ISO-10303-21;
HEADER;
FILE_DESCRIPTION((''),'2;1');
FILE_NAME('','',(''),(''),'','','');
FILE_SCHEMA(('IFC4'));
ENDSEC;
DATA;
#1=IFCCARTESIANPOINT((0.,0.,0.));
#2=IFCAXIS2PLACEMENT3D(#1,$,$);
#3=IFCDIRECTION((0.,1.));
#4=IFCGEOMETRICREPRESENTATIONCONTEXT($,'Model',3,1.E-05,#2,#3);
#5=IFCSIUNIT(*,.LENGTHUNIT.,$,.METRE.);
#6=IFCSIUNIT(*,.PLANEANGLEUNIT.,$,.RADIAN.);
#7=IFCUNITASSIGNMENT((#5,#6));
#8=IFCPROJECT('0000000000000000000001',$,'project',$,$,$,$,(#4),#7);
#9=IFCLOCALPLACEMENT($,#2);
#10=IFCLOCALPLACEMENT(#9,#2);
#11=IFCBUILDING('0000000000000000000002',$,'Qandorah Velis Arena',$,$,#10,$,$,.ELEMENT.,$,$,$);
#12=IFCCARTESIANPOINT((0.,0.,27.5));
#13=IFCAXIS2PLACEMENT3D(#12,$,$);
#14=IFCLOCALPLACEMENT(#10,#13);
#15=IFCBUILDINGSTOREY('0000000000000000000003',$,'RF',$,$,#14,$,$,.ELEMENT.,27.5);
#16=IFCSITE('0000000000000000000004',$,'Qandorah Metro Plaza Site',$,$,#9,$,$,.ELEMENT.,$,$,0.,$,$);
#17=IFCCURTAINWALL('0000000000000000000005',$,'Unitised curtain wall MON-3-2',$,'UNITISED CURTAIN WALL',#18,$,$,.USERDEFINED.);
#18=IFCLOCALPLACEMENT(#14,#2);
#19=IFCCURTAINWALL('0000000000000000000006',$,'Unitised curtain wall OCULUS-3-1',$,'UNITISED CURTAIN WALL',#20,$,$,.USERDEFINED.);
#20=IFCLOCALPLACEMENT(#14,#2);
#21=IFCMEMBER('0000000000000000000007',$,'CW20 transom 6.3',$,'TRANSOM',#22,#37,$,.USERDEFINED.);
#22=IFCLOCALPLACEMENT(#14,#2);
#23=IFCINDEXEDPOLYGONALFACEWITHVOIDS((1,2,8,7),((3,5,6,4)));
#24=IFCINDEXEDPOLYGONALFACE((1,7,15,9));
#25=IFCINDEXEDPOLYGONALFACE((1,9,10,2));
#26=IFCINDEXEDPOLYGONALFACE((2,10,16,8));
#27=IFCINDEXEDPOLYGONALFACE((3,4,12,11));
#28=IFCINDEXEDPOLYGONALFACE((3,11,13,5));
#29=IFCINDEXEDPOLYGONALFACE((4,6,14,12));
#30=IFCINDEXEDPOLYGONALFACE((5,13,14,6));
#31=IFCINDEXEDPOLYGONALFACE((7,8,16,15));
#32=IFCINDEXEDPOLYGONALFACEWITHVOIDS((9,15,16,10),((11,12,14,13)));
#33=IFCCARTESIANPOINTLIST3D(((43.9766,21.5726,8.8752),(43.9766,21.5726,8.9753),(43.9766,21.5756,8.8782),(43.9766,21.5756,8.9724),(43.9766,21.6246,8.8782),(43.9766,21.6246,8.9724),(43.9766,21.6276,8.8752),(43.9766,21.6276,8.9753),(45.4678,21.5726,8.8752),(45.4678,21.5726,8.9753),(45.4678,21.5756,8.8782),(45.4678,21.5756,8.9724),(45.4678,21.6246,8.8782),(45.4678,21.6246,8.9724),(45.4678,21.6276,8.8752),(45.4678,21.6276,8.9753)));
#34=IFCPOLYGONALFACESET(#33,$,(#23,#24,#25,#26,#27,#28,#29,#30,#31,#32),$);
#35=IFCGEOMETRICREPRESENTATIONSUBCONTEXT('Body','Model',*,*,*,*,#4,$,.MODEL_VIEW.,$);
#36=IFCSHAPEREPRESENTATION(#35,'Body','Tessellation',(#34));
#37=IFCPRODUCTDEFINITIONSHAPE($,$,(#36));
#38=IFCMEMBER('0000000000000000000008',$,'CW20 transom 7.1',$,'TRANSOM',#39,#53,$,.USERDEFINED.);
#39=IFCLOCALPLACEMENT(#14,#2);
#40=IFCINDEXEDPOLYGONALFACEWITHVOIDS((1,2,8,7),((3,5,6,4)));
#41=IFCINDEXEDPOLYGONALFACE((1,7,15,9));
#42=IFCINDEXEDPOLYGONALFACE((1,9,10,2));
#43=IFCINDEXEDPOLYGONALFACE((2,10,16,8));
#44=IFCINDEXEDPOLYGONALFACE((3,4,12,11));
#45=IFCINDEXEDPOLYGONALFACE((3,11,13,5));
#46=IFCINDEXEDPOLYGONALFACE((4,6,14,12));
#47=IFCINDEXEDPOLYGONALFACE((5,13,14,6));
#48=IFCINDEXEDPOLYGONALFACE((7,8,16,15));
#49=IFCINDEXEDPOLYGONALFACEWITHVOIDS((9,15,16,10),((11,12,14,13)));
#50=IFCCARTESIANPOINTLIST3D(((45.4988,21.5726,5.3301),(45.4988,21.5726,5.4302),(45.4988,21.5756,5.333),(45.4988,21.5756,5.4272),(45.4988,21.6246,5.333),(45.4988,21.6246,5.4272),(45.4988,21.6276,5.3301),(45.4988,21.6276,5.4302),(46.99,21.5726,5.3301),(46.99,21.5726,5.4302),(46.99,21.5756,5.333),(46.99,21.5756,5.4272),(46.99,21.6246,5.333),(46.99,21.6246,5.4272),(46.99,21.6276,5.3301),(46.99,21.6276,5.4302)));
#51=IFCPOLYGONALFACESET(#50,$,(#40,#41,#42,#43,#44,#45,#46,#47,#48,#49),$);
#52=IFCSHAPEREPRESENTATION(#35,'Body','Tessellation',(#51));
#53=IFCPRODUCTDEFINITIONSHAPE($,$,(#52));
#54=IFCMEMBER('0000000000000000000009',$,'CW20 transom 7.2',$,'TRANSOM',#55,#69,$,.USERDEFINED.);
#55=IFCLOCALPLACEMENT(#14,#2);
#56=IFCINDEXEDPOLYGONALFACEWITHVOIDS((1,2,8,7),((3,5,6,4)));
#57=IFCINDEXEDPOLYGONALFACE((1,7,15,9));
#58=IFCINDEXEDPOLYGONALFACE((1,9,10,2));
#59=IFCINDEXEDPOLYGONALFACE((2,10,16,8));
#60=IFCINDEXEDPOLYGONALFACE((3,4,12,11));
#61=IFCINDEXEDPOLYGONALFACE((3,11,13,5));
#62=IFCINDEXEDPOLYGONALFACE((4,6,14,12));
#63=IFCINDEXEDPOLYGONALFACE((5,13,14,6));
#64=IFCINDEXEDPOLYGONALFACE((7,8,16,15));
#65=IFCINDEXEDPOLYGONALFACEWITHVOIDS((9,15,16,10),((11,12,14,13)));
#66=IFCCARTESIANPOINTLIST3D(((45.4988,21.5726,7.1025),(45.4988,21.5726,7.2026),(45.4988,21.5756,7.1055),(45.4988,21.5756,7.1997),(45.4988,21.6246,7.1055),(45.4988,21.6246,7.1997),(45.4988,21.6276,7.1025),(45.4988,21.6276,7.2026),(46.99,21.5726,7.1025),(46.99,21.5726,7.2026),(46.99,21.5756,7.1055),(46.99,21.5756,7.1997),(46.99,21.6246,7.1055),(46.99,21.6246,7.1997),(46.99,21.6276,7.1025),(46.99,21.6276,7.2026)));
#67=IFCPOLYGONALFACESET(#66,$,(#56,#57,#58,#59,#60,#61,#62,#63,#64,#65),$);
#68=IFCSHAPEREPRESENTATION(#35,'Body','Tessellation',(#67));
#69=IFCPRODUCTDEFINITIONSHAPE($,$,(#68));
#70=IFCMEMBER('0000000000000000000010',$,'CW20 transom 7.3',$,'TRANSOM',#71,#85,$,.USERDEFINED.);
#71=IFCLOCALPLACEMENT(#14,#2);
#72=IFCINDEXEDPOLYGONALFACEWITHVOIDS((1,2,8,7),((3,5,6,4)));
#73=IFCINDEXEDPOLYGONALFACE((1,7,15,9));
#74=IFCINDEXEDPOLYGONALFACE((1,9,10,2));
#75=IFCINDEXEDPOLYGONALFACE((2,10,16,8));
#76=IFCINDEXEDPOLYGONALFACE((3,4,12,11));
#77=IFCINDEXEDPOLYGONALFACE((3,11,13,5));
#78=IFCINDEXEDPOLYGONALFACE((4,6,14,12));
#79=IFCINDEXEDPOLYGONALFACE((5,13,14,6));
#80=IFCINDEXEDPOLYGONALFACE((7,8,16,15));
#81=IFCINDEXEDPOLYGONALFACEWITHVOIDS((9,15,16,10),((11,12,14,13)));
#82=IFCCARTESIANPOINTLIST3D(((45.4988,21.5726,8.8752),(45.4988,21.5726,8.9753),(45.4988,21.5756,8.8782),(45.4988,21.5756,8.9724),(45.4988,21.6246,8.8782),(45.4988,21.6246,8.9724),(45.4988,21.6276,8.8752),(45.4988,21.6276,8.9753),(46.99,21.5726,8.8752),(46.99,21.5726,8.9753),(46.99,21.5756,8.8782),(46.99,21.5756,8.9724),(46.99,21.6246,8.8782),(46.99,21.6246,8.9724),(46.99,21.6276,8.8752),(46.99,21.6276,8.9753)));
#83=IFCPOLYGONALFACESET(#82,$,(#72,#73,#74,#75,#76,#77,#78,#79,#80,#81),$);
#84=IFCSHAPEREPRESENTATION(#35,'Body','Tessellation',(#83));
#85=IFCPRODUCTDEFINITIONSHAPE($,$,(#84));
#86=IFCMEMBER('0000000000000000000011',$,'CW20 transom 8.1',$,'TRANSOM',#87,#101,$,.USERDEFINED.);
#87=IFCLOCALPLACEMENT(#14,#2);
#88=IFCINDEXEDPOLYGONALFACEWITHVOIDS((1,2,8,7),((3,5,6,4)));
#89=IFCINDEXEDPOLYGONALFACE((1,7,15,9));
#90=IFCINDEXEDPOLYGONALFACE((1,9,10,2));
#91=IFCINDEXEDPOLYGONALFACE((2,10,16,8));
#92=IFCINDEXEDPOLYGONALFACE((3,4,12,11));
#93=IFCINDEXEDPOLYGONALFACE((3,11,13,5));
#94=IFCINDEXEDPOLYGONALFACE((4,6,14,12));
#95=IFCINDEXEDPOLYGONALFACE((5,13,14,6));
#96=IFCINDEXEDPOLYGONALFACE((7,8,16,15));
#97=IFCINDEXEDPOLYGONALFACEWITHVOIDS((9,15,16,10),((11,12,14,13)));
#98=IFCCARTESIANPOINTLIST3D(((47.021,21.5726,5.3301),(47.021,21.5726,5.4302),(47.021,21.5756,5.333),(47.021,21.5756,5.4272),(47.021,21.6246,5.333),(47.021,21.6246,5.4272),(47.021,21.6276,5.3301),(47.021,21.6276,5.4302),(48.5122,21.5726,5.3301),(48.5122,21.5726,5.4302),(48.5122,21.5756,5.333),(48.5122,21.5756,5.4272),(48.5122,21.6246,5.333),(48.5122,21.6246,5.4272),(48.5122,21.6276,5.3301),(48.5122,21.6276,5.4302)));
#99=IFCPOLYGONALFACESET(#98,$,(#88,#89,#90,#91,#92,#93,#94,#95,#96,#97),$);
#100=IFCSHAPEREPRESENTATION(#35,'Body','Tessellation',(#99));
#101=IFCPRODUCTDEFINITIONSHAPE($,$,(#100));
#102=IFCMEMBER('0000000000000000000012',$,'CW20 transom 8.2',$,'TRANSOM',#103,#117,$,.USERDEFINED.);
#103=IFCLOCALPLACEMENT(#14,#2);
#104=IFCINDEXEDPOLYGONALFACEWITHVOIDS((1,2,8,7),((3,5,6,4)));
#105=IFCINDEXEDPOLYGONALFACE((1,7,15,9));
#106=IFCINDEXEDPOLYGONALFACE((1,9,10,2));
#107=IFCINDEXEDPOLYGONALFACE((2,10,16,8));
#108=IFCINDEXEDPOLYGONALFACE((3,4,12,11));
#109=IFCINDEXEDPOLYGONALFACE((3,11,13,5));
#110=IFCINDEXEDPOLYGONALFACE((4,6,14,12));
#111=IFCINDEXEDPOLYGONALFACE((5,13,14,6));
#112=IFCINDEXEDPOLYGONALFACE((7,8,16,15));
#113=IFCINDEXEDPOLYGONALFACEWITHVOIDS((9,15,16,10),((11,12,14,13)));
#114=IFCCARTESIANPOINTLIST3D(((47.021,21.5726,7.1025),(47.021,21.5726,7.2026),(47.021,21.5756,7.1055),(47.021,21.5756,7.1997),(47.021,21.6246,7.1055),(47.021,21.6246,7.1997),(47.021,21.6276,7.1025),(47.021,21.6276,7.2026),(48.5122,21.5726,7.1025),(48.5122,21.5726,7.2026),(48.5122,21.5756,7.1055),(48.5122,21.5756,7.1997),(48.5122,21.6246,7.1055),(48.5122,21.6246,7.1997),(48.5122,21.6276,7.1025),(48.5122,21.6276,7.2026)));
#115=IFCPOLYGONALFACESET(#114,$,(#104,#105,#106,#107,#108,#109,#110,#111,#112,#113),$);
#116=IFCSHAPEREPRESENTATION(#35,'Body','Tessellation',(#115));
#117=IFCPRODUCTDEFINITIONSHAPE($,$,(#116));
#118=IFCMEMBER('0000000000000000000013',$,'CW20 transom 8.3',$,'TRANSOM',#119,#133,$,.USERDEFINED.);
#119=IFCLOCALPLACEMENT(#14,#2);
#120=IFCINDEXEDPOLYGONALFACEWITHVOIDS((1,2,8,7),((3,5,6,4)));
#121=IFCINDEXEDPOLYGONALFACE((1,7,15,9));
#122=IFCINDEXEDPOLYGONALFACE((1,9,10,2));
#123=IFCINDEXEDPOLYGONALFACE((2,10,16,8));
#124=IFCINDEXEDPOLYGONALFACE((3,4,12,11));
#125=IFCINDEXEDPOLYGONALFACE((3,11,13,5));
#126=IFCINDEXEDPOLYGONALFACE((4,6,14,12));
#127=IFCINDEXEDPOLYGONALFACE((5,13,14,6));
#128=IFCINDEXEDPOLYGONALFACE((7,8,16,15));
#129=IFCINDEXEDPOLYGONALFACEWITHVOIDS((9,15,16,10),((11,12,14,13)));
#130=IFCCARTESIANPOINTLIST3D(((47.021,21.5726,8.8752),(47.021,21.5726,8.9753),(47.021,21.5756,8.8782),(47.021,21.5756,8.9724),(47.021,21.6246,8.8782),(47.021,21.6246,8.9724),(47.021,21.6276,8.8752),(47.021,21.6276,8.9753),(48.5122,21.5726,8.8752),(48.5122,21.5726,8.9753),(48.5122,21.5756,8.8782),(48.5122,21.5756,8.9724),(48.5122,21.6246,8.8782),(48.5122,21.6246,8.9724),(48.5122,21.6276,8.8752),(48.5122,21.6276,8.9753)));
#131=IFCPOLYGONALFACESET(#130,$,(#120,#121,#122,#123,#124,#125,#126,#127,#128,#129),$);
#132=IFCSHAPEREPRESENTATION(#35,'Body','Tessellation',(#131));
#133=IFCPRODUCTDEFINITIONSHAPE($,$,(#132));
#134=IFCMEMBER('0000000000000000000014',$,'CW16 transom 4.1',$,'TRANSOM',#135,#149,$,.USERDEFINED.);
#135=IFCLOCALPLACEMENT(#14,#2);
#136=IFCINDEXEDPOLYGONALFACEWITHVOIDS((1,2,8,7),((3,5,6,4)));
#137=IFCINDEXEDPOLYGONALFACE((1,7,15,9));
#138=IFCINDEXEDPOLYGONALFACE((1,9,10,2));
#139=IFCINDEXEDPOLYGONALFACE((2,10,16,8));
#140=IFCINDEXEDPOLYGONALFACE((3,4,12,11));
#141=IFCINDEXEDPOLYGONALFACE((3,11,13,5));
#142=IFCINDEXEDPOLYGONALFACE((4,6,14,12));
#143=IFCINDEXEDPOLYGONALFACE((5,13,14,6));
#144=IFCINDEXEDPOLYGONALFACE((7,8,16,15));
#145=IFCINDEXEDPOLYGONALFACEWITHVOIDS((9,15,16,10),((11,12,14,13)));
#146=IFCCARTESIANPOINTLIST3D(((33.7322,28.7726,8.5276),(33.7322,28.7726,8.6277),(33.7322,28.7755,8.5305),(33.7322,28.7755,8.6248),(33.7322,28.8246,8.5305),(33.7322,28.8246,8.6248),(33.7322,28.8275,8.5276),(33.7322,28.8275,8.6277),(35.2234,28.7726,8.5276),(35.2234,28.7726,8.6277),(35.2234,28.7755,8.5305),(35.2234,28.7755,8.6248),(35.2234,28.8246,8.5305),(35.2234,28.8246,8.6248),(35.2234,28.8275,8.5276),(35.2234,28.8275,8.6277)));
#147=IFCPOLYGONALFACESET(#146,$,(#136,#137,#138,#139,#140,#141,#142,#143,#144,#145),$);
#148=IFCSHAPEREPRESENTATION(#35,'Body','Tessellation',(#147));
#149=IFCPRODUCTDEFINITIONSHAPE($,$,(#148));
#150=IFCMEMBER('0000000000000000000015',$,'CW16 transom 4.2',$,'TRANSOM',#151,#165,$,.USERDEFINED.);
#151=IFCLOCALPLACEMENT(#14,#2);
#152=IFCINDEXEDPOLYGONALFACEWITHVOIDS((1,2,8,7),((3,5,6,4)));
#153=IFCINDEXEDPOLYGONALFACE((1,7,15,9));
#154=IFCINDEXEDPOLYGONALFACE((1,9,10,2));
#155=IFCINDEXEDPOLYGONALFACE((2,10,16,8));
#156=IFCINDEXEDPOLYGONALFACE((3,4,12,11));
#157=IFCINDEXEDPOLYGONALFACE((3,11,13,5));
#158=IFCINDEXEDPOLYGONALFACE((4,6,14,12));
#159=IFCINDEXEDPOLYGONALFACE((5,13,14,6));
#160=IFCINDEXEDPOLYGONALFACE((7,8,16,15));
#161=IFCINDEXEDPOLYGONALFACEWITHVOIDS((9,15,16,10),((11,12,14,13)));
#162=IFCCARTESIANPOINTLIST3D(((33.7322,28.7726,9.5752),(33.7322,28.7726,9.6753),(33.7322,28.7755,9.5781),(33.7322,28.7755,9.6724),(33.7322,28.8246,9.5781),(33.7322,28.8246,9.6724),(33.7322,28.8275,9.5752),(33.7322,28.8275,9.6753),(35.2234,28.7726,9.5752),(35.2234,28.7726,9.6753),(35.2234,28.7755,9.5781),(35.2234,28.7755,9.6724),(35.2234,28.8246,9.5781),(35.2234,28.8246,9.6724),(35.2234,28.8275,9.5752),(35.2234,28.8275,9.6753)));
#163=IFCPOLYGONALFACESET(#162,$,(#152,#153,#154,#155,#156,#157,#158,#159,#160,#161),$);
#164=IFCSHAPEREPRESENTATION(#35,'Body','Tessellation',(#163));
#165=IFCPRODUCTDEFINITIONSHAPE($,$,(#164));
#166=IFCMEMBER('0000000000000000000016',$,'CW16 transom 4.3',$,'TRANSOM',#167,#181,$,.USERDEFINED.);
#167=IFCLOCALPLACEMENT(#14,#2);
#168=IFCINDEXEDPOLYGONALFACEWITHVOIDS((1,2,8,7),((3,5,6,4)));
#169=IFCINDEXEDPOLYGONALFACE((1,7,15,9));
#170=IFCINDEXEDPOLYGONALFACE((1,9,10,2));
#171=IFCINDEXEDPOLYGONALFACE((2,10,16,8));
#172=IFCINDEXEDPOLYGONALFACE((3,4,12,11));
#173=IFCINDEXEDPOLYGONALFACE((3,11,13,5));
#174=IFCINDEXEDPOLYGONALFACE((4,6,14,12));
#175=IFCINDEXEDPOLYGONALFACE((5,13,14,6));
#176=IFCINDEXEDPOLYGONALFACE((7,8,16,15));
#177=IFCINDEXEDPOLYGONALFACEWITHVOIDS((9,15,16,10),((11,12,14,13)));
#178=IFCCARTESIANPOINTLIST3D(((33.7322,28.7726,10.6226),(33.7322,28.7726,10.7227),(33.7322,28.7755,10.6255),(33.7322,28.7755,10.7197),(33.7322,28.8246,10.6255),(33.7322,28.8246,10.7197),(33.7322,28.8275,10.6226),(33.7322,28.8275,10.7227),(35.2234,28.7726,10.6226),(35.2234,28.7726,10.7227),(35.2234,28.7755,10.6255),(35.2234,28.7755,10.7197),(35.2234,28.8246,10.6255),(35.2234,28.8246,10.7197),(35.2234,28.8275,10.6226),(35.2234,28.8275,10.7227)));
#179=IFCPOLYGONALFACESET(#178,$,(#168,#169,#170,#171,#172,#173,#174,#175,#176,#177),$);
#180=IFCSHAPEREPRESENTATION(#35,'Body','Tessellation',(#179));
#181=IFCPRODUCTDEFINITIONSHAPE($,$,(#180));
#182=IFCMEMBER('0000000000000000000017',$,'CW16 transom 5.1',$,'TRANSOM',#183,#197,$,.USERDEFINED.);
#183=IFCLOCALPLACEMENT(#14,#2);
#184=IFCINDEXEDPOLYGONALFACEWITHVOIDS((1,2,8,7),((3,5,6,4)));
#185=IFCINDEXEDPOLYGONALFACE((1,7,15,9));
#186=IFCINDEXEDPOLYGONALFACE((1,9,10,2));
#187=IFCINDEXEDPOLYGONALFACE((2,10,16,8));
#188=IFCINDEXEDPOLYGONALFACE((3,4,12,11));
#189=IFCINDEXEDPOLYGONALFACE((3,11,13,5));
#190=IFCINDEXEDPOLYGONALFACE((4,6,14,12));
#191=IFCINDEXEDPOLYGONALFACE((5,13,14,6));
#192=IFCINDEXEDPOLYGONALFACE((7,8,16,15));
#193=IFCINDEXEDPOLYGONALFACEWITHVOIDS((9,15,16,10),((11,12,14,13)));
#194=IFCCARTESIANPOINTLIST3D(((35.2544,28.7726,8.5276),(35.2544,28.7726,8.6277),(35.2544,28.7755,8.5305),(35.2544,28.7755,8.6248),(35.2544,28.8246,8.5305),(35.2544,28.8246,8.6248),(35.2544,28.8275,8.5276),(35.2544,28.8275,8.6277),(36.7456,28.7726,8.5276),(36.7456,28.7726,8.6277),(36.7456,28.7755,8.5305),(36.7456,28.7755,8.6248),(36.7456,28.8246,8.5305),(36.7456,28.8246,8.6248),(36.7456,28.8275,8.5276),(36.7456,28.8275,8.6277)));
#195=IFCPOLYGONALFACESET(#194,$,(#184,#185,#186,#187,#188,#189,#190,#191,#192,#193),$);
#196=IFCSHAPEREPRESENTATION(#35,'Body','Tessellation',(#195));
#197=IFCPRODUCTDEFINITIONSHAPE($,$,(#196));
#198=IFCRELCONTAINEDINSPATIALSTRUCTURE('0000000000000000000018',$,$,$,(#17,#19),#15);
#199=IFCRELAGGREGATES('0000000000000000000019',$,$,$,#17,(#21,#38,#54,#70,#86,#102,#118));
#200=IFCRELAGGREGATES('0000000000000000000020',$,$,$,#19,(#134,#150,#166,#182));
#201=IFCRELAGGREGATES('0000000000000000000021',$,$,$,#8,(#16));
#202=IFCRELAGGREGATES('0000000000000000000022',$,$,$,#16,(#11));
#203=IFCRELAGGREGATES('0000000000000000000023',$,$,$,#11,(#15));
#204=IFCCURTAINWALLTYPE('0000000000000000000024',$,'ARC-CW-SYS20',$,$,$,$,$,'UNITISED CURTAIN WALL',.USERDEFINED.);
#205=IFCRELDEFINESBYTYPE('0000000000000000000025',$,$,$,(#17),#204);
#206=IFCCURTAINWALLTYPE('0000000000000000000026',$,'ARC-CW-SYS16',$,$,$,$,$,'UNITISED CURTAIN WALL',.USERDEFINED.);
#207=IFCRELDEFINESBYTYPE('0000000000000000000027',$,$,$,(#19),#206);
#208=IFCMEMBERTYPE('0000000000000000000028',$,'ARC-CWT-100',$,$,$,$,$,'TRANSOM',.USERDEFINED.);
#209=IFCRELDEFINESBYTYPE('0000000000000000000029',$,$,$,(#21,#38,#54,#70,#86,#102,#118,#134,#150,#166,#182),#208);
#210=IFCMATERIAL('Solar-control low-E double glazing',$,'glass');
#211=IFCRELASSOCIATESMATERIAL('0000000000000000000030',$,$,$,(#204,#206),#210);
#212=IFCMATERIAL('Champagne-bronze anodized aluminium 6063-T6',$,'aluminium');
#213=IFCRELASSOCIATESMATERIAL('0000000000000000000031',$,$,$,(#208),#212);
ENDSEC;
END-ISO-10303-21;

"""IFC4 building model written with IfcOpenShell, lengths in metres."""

from ifc_helpers import new_model, si_unit, direction, frame, origin, origin_2d, place, context, subcontext, project, spatial, hollow_rectangle, extrude, material, material_profile, profile_set, type_object, element, aggregate, save


model = new_model("IFC4")

# Units and contexts
model_context = context("Model", 3, precision=1e-05, world=origin(), true_north=direction((0.0, 1.0)))
body_context = subcontext(model_context, "Body", "Model", "MODEL_VIEW")
ifc_project = project(units=[si_unit("LENGTHUNIT", "METRE"), si_unit("PLANEANGLEUNIT", "RADIAN")], contexts=[model_context])

# Site, building, storey
site_placement = place(None, origin())
site = spatial("IfcSite", under=ifc_project, at=site_placement, Name="Qandorah Metro Plaza Site", CompositionType="ELEMENT", RefElevation=0.0)
building_placement = place(site_placement, origin())
building = spatial("IfcBuilding", under=site, at=building_placement, Name="Qandorah Velis Arena", CompositionType="ELEMENT")
storey_placement = place(building_placement, frame((0.0, 0.0, 27.5)))
storey = spatial("IfcBuildingStorey", under=building, at=storey_placement, Name="RF", CompositionType="ELEMENT", Elevation=27.5)

# Curtain walls
ifc_material_1 = material(Name="Solar-control low-E double glazing", Category="glass")
curtain_wall_type_1 = type_object("IfcCurtainWallType", Name="ARC-CW-SYS20", ElementType="UNITISED CURTAIN WALL", PredefinedType="USERDEFINED", material=ifc_material_1)
curtain_wall_1_placement = place(storey_placement, origin())
curtain_wall_1 = element("IfcCurtainWall", 1, at=curtain_wall_1_placement, inside=storey, type_object=curtain_wall_type_1, Name="Unitised curtain wall MON-3-2", ObjectType="UNITISED CURTAIN WALL", PredefinedType="USERDEFINED")
ifc_material_2 = material(Name="Champagne-bronze anodized aluminium 6063-T6", Category="aluminium")
curtain_wall_type_2 = type_object("IfcCurtainWallType", Name="ARC-CW-SYS16", ElementType="UNITISED CURTAIN WALL", PredefinedType="USERDEFINED", material=ifc_material_1)
curtain_wall_2_placement = place(storey_placement, origin())
curtain_wall_2 = element("IfcCurtainWall", 2, at=curtain_wall_2_placement, inside=storey, type_object=curtain_wall_type_2, Name="Unitised curtain wall OCULUS-3-1", ObjectType="UNITISED CURTAIN WALL", PredefinedType="USERDEFINED")

# Members
ifc_material_profile_1 = material_profile(ifc_material_2, hollow_rectangle(XDim=0.0549, YDim=0.1001, WallThickness=0.0029, at=origin_2d()), Name="ALU TRANSOM 55x100")
ifc_profile_set_1 = profile_set([ifc_material_profile_1], Name="Champagne-bronze anodized aluminium 6063-T6")
member_type_1 = type_object("IfcMemberType", Name="ARC-CWT-100", ElementType="TRANSOM", PredefinedType="USERDEFINED", material=ifc_profile_set_1)
member_1_placement = place(storey_placement, frame((43.9766, 21.6001, 8.9253), z_axis=(1.0, 0.0, 0.0), x_axis=(0.0, 1.0, 0.0)))
member_1 = element("IfcMember", 3, at=member_1_placement, type_object=member_type_1, Name="CW20 transom 6.3", ObjectType="TRANSOM", PredefinedType="USERDEFINED", context=body_context, shape_type="SweptSolid", body=[
    extrude(hollow_rectangle(XDim=0.0549, YDim=0.1001, WallThickness=0.0029, at=origin_2d()), origin(), (0.0, 0.0, 1.0), 1.4912),
])
member_2_placement = place(storey_placement, frame((45.4988, 21.6001, 5.3801), z_axis=(1.0, 0.0, 0.0), x_axis=(0.0, 1.0, 0.0)))
member_2 = element("IfcMember", 4, at=member_2_placement, type_object=member_type_1, Name="CW20 transom 7.1", ObjectType="TRANSOM", PredefinedType="USERDEFINED", context=body_context, shape_type="SweptSolid", body=[
    extrude(hollow_rectangle(XDim=0.0549, YDim=0.1001, WallThickness=0.0029, at=origin_2d()), origin(), (0.0, 0.0, 1.0), 1.4912),
])
member_3_placement = place(storey_placement, frame((45.4988, 21.6001, 7.1526), z_axis=(1.0, 0.0, 0.0), x_axis=(0.0, 1.0, 0.0)))
member_3 = element("IfcMember", 5, at=member_3_placement, type_object=member_type_1, Name="CW20 transom 7.2", ObjectType="TRANSOM", PredefinedType="USERDEFINED", context=body_context, shape_type="SweptSolid", body=[
    extrude(hollow_rectangle(XDim=0.0549, YDim=0.1001, WallThickness=0.0029, at=origin_2d()), origin(), (0.0, 0.0, 1.0), 1.4912),
])
member_4_placement = place(storey_placement, frame((45.4988, 21.6001, 8.9253), z_axis=(1.0, 0.0, 0.0), x_axis=(0.0, 1.0, 0.0)))
member_4 = element("IfcMember", 6, at=member_4_placement, type_object=member_type_1, Name="CW20 transom 7.3", ObjectType="TRANSOM", PredefinedType="USERDEFINED", context=body_context, shape_type="SweptSolid", body=[
    extrude(hollow_rectangle(XDim=0.0549, YDim=0.1001, WallThickness=0.0029, at=origin_2d()), origin(), (0.0, 0.0, 1.0), 1.4912),
])
member_5_placement = place(storey_placement, frame((47.021, 21.6001, 5.3801), z_axis=(1.0, 0.0, 0.0), x_axis=(0.0, 1.0, 0.0)))
member_5 = element("IfcMember", 7, at=member_5_placement, type_object=member_type_1, Name="CW20 transom 8.1", ObjectType="TRANSOM", PredefinedType="USERDEFINED", context=body_context, shape_type="SweptSolid", body=[
    extrude(hollow_rectangle(XDim=0.0549, YDim=0.1001, WallThickness=0.0029, at=origin_2d()), origin(), (0.0, 0.0, 1.0), 1.4912),
])
member_6_placement = place(storey_placement, frame((47.021, 21.6001, 7.1526), z_axis=(1.0, 0.0, 0.0), x_axis=(0.0, 1.0, 0.0)))
member_6 = element("IfcMember", 8, at=member_6_placement, type_object=member_type_1, Name="CW20 transom 8.2", ObjectType="TRANSOM", PredefinedType="USERDEFINED", context=body_context, shape_type="SweptSolid", body=[
    extrude(hollow_rectangle(XDim=0.0549, YDim=0.1001, WallThickness=0.0029, at=origin_2d()), origin(), (0.0, 0.0, 1.0), 1.4912),
])
member_7_placement = place(storey_placement, frame((47.021, 21.6001, 8.9253), z_axis=(1.0, 0.0, 0.0), x_axis=(0.0, 1.0, 0.0)))
member_7 = element("IfcMember", 9, at=member_7_placement, type_object=member_type_1, Name="CW20 transom 8.3", ObjectType="TRANSOM", PredefinedType="USERDEFINED", context=body_context, shape_type="SweptSolid", body=[
    extrude(hollow_rectangle(XDim=0.0549, YDim=0.1001, WallThickness=0.0029, at=origin_2d()), origin(), (0.0, 0.0, 1.0), 1.4912),
])
member_8_placement = place(storey_placement, frame((33.7322, 28.8, 8.5776), z_axis=(1.0, 0.0, 0.0), x_axis=(0.0, 1.0, 0.0)))
member_8 = element("IfcMember", 10, at=member_8_placement, type_object=member_type_1, Name="CW16 transom 4.1", ObjectType="TRANSOM", PredefinedType="USERDEFINED", context=body_context, shape_type="SweptSolid", body=[
    extrude(hollow_rectangle(XDim=0.0549, YDim=0.1001, WallThickness=0.0029, at=origin_2d()), origin(), (0.0, 0.0, 1.0), 1.4912),
])
member_9_placement = place(storey_placement, frame((33.7322, 28.8, 9.6252), z_axis=(1.0, 0.0, 0.0), x_axis=(0.0, 1.0, 0.0)))
member_9 = element("IfcMember", 11, at=member_9_placement, type_object=member_type_1, Name="CW16 transom 4.2", ObjectType="TRANSOM", PredefinedType="USERDEFINED", context=body_context, shape_type="SweptSolid", body=[
    extrude(hollow_rectangle(XDim=0.0549, YDim=0.1001, WallThickness=0.0029, at=origin_2d()), origin(), (0.0, 0.0, 1.0), 1.4912),
])
member_10_placement = place(storey_placement, frame((33.7322, 28.8, 10.6726), z_axis=(1.0, 0.0, 0.0), x_axis=(0.0, 1.0, 0.0)))
member_10 = element("IfcMember", 12, at=member_10_placement, type_object=member_type_1, Name="CW16 transom 4.3", ObjectType="TRANSOM", PredefinedType="USERDEFINED", context=body_context, shape_type="SweptSolid", body=[
    extrude(hollow_rectangle(XDim=0.0549, YDim=0.1001, WallThickness=0.0029, at=origin_2d()), origin(), (0.0, 0.0, 1.0), 1.4912),
])
member_11_placement = place(storey_placement, frame((35.2544, 28.8, 8.5776), z_axis=(1.0, 0.0, 0.0), x_axis=(0.0, 1.0, 0.0)))
member_11 = element("IfcMember", 13, at=member_11_placement, type_object=member_type_1, Name="CW16 transom 5.1", ObjectType="TRANSOM", PredefinedType="USERDEFINED", context=body_context, shape_type="SweptSolid", body=[
    extrude(hollow_rectangle(XDim=0.0549, YDim=0.1001, WallThickness=0.0029, at=origin_2d()), origin(), (0.0, 0.0, 1.0), 1.4912),
])

aggregate(curtain_wall_1, [member_1, member_2, member_3, member_4, member_5, member_6, member_7])
aggregate(curtain_wall_2, [member_8, member_9, member_10, member_11])

save(model, "model.ifc")
